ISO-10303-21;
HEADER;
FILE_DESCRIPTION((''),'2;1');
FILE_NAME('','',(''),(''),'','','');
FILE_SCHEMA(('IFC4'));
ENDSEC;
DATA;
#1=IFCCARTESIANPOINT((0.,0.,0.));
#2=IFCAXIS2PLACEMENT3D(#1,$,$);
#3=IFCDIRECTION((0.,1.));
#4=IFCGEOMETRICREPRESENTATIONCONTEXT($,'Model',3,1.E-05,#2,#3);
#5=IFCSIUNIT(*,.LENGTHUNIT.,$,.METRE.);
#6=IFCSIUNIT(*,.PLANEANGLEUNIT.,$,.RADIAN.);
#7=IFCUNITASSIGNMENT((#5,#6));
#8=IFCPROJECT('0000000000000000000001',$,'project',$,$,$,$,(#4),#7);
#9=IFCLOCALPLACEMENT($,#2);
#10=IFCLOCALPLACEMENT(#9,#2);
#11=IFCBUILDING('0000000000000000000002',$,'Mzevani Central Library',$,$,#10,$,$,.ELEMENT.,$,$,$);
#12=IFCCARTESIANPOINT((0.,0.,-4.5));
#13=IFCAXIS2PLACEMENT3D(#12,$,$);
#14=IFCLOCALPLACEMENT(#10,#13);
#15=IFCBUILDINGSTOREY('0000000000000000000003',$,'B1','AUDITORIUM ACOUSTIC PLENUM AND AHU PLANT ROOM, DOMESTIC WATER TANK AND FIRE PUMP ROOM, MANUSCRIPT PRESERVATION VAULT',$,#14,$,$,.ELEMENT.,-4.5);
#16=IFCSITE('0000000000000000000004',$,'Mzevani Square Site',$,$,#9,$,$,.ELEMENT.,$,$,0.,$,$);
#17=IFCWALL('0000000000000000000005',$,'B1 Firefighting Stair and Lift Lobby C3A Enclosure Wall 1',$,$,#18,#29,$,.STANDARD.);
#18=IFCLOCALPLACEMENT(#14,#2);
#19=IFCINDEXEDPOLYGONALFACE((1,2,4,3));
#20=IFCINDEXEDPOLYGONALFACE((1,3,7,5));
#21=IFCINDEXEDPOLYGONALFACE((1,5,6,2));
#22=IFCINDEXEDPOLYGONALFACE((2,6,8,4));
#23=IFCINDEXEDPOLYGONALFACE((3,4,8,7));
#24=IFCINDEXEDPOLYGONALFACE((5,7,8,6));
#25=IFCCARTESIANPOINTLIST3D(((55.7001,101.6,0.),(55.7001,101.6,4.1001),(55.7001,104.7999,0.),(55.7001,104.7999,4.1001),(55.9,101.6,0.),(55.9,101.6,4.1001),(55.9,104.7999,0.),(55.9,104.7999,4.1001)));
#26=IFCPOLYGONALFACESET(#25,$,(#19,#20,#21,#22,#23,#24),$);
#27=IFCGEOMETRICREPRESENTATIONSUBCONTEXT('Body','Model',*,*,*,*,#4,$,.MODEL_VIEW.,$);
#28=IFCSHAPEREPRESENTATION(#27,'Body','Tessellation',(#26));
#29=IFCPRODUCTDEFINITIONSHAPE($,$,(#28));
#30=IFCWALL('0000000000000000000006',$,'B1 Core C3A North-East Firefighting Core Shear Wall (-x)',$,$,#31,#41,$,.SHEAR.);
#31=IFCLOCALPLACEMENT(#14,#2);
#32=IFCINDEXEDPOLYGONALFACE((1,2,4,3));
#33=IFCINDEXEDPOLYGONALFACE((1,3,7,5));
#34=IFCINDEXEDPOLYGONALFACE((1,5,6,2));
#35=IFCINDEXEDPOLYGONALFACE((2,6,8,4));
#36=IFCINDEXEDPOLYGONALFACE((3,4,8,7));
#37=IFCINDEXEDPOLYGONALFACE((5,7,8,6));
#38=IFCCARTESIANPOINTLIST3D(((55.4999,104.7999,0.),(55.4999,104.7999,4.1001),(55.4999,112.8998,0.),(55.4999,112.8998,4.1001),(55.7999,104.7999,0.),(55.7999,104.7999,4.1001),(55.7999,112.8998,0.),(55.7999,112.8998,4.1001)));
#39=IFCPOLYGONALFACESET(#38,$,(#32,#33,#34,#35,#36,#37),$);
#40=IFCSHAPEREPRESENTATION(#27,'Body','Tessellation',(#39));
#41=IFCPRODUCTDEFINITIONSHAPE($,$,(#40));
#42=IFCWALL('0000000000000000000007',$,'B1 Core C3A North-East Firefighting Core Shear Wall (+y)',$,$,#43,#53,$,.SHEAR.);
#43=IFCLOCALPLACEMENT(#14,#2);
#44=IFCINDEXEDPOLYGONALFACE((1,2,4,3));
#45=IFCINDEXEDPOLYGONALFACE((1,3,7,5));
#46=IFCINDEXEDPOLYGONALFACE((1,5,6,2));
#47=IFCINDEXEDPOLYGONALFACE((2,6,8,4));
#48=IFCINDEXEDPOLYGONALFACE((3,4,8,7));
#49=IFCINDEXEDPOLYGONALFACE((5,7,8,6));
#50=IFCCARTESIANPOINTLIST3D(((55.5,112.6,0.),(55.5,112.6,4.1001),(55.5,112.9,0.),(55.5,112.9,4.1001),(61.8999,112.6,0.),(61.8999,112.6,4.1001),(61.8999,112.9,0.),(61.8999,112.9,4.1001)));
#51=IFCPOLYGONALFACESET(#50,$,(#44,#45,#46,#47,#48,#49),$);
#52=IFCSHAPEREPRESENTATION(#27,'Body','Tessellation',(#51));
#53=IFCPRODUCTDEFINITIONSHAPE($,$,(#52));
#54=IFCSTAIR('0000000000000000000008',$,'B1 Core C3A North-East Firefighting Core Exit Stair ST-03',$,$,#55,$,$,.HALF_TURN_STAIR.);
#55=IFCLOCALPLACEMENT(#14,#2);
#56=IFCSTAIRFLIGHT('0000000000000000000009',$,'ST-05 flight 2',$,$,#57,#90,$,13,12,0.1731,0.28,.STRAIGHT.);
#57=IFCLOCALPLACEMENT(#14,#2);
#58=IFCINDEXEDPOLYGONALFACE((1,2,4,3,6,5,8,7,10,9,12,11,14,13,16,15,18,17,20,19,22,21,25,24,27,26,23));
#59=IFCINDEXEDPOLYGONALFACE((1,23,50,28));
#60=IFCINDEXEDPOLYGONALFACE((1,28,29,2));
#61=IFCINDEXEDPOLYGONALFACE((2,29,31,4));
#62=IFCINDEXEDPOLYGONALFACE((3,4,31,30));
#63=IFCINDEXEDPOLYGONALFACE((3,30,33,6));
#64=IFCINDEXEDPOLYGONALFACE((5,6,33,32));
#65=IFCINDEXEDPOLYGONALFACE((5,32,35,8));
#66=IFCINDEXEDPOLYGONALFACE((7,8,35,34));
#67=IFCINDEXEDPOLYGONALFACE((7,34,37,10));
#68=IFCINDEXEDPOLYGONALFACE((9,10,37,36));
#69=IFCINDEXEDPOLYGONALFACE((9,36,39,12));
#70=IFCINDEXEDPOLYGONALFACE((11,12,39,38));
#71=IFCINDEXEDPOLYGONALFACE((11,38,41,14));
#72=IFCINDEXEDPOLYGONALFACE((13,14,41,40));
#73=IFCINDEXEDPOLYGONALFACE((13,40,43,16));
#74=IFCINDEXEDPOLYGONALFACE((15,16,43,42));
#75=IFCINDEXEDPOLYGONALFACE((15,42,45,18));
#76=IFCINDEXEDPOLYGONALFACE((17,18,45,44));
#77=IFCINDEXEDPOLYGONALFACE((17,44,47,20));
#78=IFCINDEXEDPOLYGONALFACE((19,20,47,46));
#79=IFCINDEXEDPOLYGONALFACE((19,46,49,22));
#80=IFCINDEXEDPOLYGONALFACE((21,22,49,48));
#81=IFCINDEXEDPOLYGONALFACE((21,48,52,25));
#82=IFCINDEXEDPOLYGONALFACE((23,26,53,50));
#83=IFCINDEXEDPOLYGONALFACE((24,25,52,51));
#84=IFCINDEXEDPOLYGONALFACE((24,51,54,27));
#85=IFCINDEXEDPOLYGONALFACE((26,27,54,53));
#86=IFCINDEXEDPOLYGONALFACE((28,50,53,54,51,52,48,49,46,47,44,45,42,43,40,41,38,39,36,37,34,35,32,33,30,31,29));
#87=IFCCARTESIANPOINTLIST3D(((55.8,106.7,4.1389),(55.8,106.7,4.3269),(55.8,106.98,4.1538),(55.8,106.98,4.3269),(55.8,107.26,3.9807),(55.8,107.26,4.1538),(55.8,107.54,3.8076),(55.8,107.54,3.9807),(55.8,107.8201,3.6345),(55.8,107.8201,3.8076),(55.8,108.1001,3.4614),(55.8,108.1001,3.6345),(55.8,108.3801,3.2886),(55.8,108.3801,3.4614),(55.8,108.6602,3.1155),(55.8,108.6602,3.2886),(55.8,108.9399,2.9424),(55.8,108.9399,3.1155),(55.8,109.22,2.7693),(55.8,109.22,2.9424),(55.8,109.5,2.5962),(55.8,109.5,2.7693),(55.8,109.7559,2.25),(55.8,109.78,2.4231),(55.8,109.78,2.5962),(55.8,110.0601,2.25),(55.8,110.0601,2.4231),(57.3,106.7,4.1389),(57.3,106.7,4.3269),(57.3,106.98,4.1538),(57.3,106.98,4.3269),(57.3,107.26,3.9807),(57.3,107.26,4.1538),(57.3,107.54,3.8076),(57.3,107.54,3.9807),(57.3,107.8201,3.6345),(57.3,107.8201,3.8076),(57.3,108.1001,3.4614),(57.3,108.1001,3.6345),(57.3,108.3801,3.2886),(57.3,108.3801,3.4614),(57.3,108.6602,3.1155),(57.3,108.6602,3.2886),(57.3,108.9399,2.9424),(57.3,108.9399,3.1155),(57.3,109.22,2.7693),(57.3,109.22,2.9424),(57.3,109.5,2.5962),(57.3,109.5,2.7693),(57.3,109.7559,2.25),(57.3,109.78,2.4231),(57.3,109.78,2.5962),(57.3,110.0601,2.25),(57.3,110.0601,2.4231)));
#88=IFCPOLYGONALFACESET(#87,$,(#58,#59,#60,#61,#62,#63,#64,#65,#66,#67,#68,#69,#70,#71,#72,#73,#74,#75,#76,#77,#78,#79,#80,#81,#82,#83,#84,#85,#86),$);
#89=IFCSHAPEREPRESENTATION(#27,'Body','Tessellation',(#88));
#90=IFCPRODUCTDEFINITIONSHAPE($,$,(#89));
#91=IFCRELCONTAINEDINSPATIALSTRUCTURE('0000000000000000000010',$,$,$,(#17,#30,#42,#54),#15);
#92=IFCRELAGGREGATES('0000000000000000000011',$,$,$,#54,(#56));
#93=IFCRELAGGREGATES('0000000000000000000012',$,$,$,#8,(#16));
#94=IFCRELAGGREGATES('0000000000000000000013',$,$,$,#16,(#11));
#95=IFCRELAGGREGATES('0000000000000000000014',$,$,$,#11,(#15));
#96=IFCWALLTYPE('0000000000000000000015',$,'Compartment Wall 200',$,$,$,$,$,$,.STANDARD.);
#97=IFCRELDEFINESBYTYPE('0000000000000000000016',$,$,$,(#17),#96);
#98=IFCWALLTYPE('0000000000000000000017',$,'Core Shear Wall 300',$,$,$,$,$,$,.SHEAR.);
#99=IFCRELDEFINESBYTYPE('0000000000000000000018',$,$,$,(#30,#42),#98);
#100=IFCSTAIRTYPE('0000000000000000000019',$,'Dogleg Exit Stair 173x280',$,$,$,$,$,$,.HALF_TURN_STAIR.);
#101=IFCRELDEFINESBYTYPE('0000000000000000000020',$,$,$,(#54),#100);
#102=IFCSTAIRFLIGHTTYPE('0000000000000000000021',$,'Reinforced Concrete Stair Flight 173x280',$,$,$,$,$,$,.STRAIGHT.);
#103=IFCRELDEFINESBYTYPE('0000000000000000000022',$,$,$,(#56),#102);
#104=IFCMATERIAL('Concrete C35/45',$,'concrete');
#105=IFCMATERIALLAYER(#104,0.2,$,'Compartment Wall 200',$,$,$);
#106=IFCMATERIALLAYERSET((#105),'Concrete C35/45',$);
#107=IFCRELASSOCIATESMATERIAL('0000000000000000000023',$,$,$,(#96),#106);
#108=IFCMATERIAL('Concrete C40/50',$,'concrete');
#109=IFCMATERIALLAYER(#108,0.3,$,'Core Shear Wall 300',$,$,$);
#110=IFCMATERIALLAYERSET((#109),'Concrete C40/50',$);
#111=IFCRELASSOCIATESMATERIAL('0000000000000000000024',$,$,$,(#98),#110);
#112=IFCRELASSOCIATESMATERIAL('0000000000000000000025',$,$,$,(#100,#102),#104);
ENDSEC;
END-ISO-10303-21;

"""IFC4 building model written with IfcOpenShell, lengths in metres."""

from ifc_helpers import new_model, si_unit, direction, frame, frame_2d, origin, place, context, subcontext, project, spatial, polyline, rectangle, outline, extrude, material, layer, layer_set, type_object, element, aggregate, save


model = new_model("IFC4")

# Units and contexts
model_context = context("Model", 3, precision=1e-05, world=origin(), true_north=direction((0.0, 1.0)))
body_context = subcontext(model_context, "Body", "Model", "MODEL_VIEW")
ifc_project = project(units=[si_unit("LENGTHUNIT", "METRE"), si_unit("PLANEANGLEUNIT", "RADIAN")], contexts=[model_context])

# Site, building, storey
site_placement = place(None, origin())
site = spatial("IfcSite", under=ifc_project, at=site_placement, Name="Mzevani Square Site", CompositionType="ELEMENT", RefElevation=0.0)
building_placement = place(site_placement, origin())
building = spatial("IfcBuilding", under=site, at=building_placement, Name="Mzevani Central Library", CompositionType="ELEMENT")
storey_placement = place(building_placement, frame((0.0, 0.0, -4.5)))
storey = spatial("IfcBuildingStorey", under=building, at=storey_placement, Name="B1", Description="AUDITORIUM ACOUSTIC PLENUM AND AHU PLANT ROOM, DOMESTIC WATER TANK AND FIRE PUMP ROOM, MANUSCRIPT PRESERVATION VAULT", CompositionType="ELEMENT", Elevation=-4.5)

# Shared definitions
ifc_material_1 = material(Name="Concrete C40/50", Category="concrete")

# Shared definitions
ifc_material_2 = material(Name="Concrete C35/45", Category="concrete")

# Walls
ifc_layer_1 = layer(ifc_material_2, 0.2, Name="Compartment Wall 200")
ifc_layer_set_1 = layer_set([ifc_layer_1], Name="Concrete C35/45")
wall_type_1 = type_object("IfcWallType", Name="Compartment Wall 200", PredefinedType="STANDARD", material=ifc_layer_set_1)
wall_1_placement = place(storey_placement, frame((55.8, 104.8, 0.0), z_axis=(0.0, 0.0, 1.0), x_axis=(0.0, -1.0, 0.0)))
element("IfcWall", 1, at=wall_1_placement, inside=storey, type_object=wall_type_1, Name="B1 Firefighting Stair and Lift Lobby C3A Enclosure Wall 1", PredefinedType="STANDARD", context=body_context, shape_type="SweptSolid", body=[
    extrude(rectangle(XDim=3.2, YDim=0.2, at=frame_2d((1.6001, 0.0))), origin(), (0.0, 0.0, 1.0), 4.1001),
])
ifc_layer_2 = layer(ifc_material_1, 0.3, Name="Core Shear Wall 300")
ifc_layer_set_2 = layer_set([ifc_layer_2], Name="Concrete C40/50")
wall_type_2 = type_object("IfcWallType", Name="Core Shear Wall 300", PredefinedType="SHEAR", material=ifc_layer_set_2)
wall_2_placement = place(storey_placement, frame((55.6499, 104.8, 0.0), z_axis=(0.0, 0.0, 1.0), x_axis=(0.0, 1.0, 0.0)))
element("IfcWall", 2, at=wall_2_placement, inside=storey, type_object=wall_type_2, Name="B1 Core C3A North-East Firefighting Core Shear Wall (-x)", PredefinedType="SHEAR", context=body_context, shape_type="SweptSolid", body=[
    extrude(rectangle(XDim=8.0999, YDim=0.3, at=frame_2d((4.0498, 0.0))), origin(), (0.0, 0.0, 1.0), 4.1001),
])
wall_3_placement = place(storey_placement, frame((55.5, 112.75, 0.0), z_axis=(0.0, 0.0, 1.0), x_axis=(1.0, 0.0, 0.0)))
element("IfcWall", 3, at=wall_3_placement, inside=storey, type_object=wall_type_2, Name="B1 Core C3A North-East Firefighting Core Shear Wall (+y)", PredefinedType="SHEAR", context=body_context, shape_type="SweptSolid", body=[
    extrude(rectangle(XDim=6.3999, YDim=0.3, at=frame_2d((3.2, 0.0))), origin(), (0.0, 0.0, 1.0), 4.1001),
])

# Stair, stair flight
stair_type = type_object("IfcStairType", Name="Dogleg Exit Stair 173x280", PredefinedType="HALF_TURN_STAIR", material=ifc_material_2)
stair_placement = place(storey_placement, origin())
stair = element("IfcStair", 4, at=stair_placement, inside=storey, type_object=stair_type, Name="B1 Core C3A North-East Firefighting Core Exit Stair ST-03", PredefinedType="HALF_TURN_STAIR")
stair_flight_type = type_object("IfcStairFlightType", Name="Reinforced Concrete Stair Flight 173x280", PredefinedType="STRAIGHT", material=ifc_material_2)
stair_flight_placement = place(storey_placement, frame((56.55, 110.0601, 2.25), z_axis=(0.0, 0.0, 1.0), x_axis=(0.0, -1.0, 0.0)))
stair_flight = element("IfcStairFlight", 5, at=stair_flight_placement, type_object=stair_flight_type, Name="ST-05 flight 2", NumberOfRisers=13, NumberOfTreads=12, PredefinedType="STRAIGHT", RiserHeight=0.1731, TreadLength=0.28, context=body_context, shape_type="SweptSolid", body=[
    extrude(outline(polyline([(0.0, 0.0), (0.0, 0.1731), (0.28, 0.1731), (0.28, 0.3462), (0.5601, 0.3462), (0.5601, 0.5193), (0.8401, 0.5193), (0.8401, 0.6924), (1.1201, 0.6924), (1.1201, 0.8655), (1.3999, 0.8655), (1.3999, 1.0386), (1.6799, 1.0386), (1.6799, 1.2114), (1.96, 1.2114), (1.96, 1.3845), (2.24, 1.3845), (2.24, 1.5576), (2.52, 1.5576), (2.52, 1.7307), (2.8, 1.7307), (2.8, 1.9038), (3.0801, 1.9038), (3.0801, 2.0769), (3.3601, 2.0769), (3.3601, 2.25), (3.3601, 1.8889), (0.3042, 0.0), (0.0, 0.0)])), frame((0.0, 0.75, 0.0), z_axis=(0.0, -1.0, 0.0), x_axis=(1.0, 0.0, 0.0)), (0.0, 0.0, 1.0), 1.5),
])
aggregate(stair, [stair_flight])

save(model, "model.ifc")
